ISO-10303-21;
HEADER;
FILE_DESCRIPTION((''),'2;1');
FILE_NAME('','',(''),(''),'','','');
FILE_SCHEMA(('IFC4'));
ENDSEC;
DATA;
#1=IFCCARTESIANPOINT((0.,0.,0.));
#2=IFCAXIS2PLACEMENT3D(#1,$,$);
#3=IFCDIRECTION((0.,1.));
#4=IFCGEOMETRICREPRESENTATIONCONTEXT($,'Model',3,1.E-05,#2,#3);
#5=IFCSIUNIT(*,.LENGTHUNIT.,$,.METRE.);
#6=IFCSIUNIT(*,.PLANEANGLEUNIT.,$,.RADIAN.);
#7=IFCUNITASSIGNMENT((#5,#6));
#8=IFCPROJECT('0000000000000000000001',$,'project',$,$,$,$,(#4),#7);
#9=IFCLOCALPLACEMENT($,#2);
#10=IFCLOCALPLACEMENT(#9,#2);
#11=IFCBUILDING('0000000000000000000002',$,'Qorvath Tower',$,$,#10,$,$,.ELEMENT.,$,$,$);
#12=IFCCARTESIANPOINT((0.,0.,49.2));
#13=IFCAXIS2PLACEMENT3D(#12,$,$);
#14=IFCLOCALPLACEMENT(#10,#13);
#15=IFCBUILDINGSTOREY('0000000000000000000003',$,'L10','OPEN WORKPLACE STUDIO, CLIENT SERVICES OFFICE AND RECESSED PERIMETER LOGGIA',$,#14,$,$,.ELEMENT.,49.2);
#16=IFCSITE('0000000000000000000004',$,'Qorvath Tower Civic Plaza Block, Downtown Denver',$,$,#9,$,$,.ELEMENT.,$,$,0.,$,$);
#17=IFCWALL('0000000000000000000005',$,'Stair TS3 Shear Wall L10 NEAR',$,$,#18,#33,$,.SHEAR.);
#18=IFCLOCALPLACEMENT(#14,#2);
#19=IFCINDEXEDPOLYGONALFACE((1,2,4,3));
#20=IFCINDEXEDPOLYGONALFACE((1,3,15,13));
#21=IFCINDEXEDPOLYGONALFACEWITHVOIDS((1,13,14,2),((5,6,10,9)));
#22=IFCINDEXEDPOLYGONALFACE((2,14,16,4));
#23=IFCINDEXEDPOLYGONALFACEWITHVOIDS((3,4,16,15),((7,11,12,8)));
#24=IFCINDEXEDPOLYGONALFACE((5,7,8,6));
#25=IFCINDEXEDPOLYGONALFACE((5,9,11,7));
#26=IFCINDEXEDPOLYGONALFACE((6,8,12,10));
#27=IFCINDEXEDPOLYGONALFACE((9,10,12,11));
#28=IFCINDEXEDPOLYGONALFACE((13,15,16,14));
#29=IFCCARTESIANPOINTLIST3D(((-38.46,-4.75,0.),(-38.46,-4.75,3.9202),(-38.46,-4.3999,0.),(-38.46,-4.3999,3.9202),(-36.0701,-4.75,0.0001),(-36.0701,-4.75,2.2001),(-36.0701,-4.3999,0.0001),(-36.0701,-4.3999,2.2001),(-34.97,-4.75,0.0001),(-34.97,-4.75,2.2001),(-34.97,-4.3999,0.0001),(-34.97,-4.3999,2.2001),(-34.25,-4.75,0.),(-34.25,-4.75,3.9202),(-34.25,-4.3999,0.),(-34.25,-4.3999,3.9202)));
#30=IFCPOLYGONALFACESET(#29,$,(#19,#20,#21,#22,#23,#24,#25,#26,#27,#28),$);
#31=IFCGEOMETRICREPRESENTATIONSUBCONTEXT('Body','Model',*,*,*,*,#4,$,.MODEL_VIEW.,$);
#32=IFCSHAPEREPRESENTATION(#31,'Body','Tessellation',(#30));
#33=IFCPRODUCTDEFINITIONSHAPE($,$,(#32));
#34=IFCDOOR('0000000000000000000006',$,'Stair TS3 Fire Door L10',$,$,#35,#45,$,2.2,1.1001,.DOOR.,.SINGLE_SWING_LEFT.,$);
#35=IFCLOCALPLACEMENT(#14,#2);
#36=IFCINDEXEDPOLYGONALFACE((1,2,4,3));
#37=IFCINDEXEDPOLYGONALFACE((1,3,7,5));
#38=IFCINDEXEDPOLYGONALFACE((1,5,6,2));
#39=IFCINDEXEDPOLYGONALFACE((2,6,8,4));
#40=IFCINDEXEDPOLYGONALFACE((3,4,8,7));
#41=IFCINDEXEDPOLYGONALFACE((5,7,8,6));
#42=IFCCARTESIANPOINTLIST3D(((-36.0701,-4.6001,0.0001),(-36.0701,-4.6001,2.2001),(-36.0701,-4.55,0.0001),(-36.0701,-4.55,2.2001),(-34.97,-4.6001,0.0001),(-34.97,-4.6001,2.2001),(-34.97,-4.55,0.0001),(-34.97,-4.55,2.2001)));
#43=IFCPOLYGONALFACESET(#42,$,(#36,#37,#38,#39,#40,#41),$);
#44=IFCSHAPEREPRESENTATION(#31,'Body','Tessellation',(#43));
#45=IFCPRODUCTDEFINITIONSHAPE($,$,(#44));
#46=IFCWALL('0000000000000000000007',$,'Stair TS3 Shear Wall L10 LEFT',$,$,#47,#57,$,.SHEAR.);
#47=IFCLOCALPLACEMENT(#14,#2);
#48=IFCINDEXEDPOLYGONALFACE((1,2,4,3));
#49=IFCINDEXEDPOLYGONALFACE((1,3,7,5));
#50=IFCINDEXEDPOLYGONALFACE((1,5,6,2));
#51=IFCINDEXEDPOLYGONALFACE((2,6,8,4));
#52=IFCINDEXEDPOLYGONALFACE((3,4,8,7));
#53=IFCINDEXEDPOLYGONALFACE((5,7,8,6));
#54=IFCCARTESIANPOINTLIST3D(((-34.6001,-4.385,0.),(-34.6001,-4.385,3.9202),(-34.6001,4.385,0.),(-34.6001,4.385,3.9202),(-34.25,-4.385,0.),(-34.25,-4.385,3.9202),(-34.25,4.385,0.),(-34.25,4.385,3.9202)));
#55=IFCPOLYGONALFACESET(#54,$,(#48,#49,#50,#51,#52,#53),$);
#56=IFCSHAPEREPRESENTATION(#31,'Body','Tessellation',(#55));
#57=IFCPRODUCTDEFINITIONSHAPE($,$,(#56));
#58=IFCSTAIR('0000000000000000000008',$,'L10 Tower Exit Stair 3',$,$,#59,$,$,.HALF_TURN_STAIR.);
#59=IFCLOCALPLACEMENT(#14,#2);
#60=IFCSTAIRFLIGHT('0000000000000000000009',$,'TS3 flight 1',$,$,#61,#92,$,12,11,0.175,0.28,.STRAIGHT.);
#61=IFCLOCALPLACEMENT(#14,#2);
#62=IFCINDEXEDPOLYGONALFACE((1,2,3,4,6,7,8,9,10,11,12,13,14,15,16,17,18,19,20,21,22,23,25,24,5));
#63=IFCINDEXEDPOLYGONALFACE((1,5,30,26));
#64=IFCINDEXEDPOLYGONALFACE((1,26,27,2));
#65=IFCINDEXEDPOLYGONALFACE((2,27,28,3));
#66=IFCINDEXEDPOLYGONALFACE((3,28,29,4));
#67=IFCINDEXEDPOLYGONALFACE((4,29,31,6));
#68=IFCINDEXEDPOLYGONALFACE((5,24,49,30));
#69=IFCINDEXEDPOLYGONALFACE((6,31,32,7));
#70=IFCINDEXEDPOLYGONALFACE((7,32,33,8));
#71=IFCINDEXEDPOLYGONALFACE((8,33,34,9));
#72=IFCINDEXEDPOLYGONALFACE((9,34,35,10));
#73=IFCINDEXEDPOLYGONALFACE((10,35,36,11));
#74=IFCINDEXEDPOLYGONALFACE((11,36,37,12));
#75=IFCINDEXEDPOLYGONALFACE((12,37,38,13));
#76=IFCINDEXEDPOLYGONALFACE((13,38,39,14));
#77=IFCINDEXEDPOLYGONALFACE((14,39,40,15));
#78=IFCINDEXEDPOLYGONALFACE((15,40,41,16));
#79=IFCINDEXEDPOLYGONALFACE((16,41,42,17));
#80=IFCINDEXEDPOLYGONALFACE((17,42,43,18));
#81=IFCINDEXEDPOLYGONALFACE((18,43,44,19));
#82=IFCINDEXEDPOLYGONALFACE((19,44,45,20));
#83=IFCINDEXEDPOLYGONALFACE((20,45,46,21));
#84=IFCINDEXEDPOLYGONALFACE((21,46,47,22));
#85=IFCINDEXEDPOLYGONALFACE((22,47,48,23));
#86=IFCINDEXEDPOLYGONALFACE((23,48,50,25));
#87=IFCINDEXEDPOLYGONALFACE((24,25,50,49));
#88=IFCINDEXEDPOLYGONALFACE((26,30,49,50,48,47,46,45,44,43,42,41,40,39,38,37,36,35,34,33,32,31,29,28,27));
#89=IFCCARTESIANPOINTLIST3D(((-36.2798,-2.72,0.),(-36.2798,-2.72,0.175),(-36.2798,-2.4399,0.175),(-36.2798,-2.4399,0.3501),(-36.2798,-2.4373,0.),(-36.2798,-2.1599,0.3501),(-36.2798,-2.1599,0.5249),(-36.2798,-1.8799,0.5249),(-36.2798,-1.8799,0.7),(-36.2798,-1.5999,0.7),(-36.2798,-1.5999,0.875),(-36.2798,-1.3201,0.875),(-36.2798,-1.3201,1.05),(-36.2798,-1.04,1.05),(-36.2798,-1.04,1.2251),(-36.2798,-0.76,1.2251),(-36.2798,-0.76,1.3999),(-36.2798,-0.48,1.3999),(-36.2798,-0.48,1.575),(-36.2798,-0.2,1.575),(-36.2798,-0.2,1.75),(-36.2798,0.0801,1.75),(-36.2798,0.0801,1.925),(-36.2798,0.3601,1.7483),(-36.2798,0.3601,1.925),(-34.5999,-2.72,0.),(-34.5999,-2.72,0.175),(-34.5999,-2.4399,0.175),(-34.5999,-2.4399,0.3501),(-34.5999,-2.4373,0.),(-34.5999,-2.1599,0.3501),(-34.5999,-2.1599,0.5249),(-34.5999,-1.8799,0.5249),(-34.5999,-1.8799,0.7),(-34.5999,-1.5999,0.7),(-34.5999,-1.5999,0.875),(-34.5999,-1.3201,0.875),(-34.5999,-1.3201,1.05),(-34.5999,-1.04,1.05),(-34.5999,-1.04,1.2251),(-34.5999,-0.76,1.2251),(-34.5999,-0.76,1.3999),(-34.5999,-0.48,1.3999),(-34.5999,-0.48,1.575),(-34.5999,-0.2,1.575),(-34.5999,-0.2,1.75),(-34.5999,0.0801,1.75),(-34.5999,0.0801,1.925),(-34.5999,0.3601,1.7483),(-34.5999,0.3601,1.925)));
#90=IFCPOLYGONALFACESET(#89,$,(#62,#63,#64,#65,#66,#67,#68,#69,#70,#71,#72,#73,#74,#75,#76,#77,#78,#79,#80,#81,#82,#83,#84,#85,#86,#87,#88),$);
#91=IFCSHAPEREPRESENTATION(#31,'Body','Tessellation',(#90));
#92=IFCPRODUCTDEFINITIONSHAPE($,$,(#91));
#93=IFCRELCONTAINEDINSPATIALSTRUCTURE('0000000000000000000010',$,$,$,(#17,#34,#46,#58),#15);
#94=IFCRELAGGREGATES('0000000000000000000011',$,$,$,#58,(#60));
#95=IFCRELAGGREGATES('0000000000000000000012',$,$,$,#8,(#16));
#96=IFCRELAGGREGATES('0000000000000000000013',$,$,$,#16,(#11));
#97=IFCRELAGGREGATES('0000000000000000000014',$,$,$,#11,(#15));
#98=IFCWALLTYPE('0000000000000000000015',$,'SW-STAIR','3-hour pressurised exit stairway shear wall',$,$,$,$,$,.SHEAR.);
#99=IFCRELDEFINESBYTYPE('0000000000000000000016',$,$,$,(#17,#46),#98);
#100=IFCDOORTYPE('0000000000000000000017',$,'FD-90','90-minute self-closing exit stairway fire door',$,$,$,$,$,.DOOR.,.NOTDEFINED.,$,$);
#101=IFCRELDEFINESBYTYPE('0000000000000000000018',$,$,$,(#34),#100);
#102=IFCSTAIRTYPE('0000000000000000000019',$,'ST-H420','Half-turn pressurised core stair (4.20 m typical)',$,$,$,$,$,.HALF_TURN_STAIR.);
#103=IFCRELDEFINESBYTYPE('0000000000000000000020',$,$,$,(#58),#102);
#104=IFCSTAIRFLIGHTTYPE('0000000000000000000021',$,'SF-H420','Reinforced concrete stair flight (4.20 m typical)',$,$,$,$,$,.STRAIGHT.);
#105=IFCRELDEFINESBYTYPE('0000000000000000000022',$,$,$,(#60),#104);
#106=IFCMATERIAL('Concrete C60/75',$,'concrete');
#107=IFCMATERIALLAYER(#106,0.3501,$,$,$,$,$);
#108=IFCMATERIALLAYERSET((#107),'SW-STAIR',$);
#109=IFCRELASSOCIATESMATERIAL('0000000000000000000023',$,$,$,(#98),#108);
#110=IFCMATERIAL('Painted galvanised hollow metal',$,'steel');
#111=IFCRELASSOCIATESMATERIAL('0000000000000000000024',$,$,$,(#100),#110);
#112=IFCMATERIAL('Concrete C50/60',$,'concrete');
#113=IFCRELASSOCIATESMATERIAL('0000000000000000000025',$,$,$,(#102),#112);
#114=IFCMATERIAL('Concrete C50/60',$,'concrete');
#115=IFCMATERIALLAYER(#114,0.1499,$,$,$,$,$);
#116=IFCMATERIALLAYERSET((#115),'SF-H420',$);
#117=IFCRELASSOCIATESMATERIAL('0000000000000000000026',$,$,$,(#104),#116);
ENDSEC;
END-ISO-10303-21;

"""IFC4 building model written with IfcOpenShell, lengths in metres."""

from ifc_helpers import new_model, si_unit, direction, frame, frame_2d, origin, place, context, subcontext, project, spatial, polyline, rectangle, outline, extrude, material, layer, layer_set, type_object, element, fill, aggregate, save


model = new_model("IFC4")

# Units and contexts
model_context = context("Model", 3, precision=1e-05, world=origin(), true_north=direction((0.0, 1.0)))
body_context = subcontext(model_context, "Body", "Model", "MODEL_VIEW")
ifc_project = project(units=[si_unit("LENGTHUNIT", "METRE"), si_unit("PLANEANGLEUNIT", "RADIAN")], contexts=[model_context])

# Site, building, storey
site_placement = place(None, origin())
site = spatial("IfcSite", under=ifc_project, at=site_placement, Name="Qorvath Tower Civic Plaza Block, Downtown Denver", CompositionType="ELEMENT", RefElevation=0.0)
building_placement = place(site_placement, origin())
building = spatial("IfcBuilding", under=site, at=building_placement, Name="Qorvath Tower", CompositionType="ELEMENT")
storey_placement = place(building_placement, frame((0.0, 0.0, 49.2)))
storey = spatial("IfcBuildingStorey", under=building, at=storey_placement, Name="L10", Description="OPEN WORKPLACE STUDIO, CLIENT SERVICES OFFICE AND RECESSED PERIMETER LOGGIA", CompositionType="ELEMENT", Elevation=49.2)

# Wall, opening, door
ifc_material_1 = material(Name="Concrete C60/75", Category="concrete")
ifc_layer_1 = layer(ifc_material_1, 0.3501)
ifc_layer_set_1 = layer_set([ifc_layer_1], Name="SW-STAIR")
wall_type_1 = type_object("IfcWallType", Name="SW-STAIR", Description="3-hour pressurised exit stairway shear wall", PredefinedType="SHEAR", material=ifc_layer_set_1)
wall_1_placement = place(storey_placement, frame((-38.46, -4.575, 0.0), z_axis=(0.0, 0.0, 1.0), x_axis=(1.0, 0.0, 0.0)))
wall_1 = element("IfcWall", 1, at=wall_1_placement, inside=storey, type_object=wall_type_1, Name="Stair TS3 Shear Wall L10 NEAR", PredefinedType="SHEAR", context=body_context, shape_type="SweptSolid", body=[
    extrude(rectangle(XDim=4.21, YDim=0.3501, at=frame_2d((2.105, 0.0))), origin(), (0.0, 0.0, 1.0), 3.9202),
])
opening_1_placement = place(wall_1_placement, frame((2.3899, 0.0, 0.0)))
opening_1 = element("IfcOpeningElement", 2, at=opening_1_placement, cuts=wall_1, PredefinedType="OPENING", context=body_context, shape_type="SweptSolid", body=[
    extrude(rectangle(XDim=1.1001, YDim=2.2, at=frame_2d((0.55, 1.1001))), frame((0.0, 0.1851, 0.0), z_axis=(0.0, -1.0, 0.0), x_axis=(1.0, 0.0, 0.0)), (0.0, 0.0, 1.0), 0.3701),
])
ifc_material_2 = material(Name="Painted galvanised hollow metal", Category="steel")
door_type_1 = type_object("IfcDoorType", Name="FD-90", Description="90-minute self-closing exit stairway fire door", OperationType="NOTDEFINED", PredefinedType="DOOR", material=ifc_material_2)
door_1_placement = place(opening_1_placement, origin())
door_1 = element("IfcDoor", 3, at=door_1_placement, inside=storey, type_object=door_type_1, Name="Stair TS3 Fire Door L10", OperationType="SINGLE_SWING_LEFT", OverallHeight=2.2, OverallWidth=1.1001, PredefinedType="DOOR", context=body_context, shape_type="SweptSolid", body=[
    extrude(rectangle(XDim=1.1001, YDim=2.2, at=frame_2d((0.55, 1.1001))), frame((0.0, 0.0249, 0.0), z_axis=(0.0, -1.0, 0.0), x_axis=(1.0, 0.0, 0.0)), (0.0, 0.0, 1.0), 0.05),
])
fill(opening_1, door_1)

# Wall
wall_2_placement = place(storey_placement, frame((-34.425, -4.385, 0.0), z_axis=(0.0, 0.0, 1.0), x_axis=(0.0, 1.0, 0.0)))
element("IfcWall", 4, at=wall_2_placement, inside=storey, type_object=wall_type_1, Name="Stair TS3 Shear Wall L10 LEFT", PredefinedType="SHEAR", context=body_context, shape_type="SweptSolid", body=[
    extrude(rectangle(XDim=8.77, YDim=0.3501, at=frame_2d((4.385, 0.0))), origin(), (0.0, 0.0, 1.0), 3.9202),
])

# Stair, stair flight
ifc_material_3 = material(Name="Concrete C50/60", Category="concrete")
stair_type = type_object("IfcStairType", Name="ST-H420", Description="Half-turn pressurised core stair (4.20 m typical)", PredefinedType="HALF_TURN_STAIR", material=ifc_material_3)
stair_placement = place(storey_placement, origin())
stair = element("IfcStair", 5, at=stair_placement, inside=storey, type_object=stair_type, Name="L10 Tower Exit Stair 3", PredefinedType="HALF_TURN_STAIR")
ifc_material_4 = material(Name="Concrete C50/60", Category="concrete")
ifc_layer_2 = layer(ifc_material_4, 0.1499)
ifc_layer_set_2 = layer_set([ifc_layer_2], Name="SF-H420")
stair_flight_type = type_object("IfcStairFlightType", Name="SF-H420", Description="Reinforced concrete stair flight (4.20 m typical)", PredefinedType="STRAIGHT", material=ifc_layer_set_2)
stair_flight_placement = place(storey_placement, frame((-35.4399, -2.72, 0.0), z_axis=(0.0, 0.0, 1.0), x_axis=(0.0, 1.0, 0.0)))
stair_flight = element("IfcStairFlight", 6, at=stair_flight_placement, type_object=stair_flight_type, Name="TS3 flight 1", NumberOfRisers=12, NumberOfTreads=11, PredefinedType="STRAIGHT", RiserHeight=0.175, TreadLength=0.28, context=body_context, shape_type="SweptSolid", body=[
    extrude(outline(polyline([(0.0, 0.0), (0.0, 0.175), (0.28, 0.175), (0.28, 0.3501), (0.5601, 0.3501), (0.5601, 0.5249), (0.8401, 0.5249), (0.8401, 0.7), (1.1201, 0.7), (1.1201, 0.875), (1.3999, 0.875), (1.3999, 1.05), (1.6799, 1.05), (1.6799, 1.2251), (1.96, 1.2251), (1.96, 1.3999), (2.24, 1.3999), (2.24, 1.575), (2.52, 1.575), (2.52, 1.75), (2.8, 1.75), (2.8, 1.925), (3.0801, 1.925), (3.0801, 2.1001), (3.0801, 1.7483), (0.2827, 0.0), (0.0, 0.0)])), frame((0.0, 0.8398, 0.0), z_axis=(0.0, -1.0, 0.0), x_axis=(1.0, 0.0, 0.0)), (0.0, 0.0, 1.0), 1.6799),
])
aggregate(stair, [stair_flight])

save(model, "model.ifc")
